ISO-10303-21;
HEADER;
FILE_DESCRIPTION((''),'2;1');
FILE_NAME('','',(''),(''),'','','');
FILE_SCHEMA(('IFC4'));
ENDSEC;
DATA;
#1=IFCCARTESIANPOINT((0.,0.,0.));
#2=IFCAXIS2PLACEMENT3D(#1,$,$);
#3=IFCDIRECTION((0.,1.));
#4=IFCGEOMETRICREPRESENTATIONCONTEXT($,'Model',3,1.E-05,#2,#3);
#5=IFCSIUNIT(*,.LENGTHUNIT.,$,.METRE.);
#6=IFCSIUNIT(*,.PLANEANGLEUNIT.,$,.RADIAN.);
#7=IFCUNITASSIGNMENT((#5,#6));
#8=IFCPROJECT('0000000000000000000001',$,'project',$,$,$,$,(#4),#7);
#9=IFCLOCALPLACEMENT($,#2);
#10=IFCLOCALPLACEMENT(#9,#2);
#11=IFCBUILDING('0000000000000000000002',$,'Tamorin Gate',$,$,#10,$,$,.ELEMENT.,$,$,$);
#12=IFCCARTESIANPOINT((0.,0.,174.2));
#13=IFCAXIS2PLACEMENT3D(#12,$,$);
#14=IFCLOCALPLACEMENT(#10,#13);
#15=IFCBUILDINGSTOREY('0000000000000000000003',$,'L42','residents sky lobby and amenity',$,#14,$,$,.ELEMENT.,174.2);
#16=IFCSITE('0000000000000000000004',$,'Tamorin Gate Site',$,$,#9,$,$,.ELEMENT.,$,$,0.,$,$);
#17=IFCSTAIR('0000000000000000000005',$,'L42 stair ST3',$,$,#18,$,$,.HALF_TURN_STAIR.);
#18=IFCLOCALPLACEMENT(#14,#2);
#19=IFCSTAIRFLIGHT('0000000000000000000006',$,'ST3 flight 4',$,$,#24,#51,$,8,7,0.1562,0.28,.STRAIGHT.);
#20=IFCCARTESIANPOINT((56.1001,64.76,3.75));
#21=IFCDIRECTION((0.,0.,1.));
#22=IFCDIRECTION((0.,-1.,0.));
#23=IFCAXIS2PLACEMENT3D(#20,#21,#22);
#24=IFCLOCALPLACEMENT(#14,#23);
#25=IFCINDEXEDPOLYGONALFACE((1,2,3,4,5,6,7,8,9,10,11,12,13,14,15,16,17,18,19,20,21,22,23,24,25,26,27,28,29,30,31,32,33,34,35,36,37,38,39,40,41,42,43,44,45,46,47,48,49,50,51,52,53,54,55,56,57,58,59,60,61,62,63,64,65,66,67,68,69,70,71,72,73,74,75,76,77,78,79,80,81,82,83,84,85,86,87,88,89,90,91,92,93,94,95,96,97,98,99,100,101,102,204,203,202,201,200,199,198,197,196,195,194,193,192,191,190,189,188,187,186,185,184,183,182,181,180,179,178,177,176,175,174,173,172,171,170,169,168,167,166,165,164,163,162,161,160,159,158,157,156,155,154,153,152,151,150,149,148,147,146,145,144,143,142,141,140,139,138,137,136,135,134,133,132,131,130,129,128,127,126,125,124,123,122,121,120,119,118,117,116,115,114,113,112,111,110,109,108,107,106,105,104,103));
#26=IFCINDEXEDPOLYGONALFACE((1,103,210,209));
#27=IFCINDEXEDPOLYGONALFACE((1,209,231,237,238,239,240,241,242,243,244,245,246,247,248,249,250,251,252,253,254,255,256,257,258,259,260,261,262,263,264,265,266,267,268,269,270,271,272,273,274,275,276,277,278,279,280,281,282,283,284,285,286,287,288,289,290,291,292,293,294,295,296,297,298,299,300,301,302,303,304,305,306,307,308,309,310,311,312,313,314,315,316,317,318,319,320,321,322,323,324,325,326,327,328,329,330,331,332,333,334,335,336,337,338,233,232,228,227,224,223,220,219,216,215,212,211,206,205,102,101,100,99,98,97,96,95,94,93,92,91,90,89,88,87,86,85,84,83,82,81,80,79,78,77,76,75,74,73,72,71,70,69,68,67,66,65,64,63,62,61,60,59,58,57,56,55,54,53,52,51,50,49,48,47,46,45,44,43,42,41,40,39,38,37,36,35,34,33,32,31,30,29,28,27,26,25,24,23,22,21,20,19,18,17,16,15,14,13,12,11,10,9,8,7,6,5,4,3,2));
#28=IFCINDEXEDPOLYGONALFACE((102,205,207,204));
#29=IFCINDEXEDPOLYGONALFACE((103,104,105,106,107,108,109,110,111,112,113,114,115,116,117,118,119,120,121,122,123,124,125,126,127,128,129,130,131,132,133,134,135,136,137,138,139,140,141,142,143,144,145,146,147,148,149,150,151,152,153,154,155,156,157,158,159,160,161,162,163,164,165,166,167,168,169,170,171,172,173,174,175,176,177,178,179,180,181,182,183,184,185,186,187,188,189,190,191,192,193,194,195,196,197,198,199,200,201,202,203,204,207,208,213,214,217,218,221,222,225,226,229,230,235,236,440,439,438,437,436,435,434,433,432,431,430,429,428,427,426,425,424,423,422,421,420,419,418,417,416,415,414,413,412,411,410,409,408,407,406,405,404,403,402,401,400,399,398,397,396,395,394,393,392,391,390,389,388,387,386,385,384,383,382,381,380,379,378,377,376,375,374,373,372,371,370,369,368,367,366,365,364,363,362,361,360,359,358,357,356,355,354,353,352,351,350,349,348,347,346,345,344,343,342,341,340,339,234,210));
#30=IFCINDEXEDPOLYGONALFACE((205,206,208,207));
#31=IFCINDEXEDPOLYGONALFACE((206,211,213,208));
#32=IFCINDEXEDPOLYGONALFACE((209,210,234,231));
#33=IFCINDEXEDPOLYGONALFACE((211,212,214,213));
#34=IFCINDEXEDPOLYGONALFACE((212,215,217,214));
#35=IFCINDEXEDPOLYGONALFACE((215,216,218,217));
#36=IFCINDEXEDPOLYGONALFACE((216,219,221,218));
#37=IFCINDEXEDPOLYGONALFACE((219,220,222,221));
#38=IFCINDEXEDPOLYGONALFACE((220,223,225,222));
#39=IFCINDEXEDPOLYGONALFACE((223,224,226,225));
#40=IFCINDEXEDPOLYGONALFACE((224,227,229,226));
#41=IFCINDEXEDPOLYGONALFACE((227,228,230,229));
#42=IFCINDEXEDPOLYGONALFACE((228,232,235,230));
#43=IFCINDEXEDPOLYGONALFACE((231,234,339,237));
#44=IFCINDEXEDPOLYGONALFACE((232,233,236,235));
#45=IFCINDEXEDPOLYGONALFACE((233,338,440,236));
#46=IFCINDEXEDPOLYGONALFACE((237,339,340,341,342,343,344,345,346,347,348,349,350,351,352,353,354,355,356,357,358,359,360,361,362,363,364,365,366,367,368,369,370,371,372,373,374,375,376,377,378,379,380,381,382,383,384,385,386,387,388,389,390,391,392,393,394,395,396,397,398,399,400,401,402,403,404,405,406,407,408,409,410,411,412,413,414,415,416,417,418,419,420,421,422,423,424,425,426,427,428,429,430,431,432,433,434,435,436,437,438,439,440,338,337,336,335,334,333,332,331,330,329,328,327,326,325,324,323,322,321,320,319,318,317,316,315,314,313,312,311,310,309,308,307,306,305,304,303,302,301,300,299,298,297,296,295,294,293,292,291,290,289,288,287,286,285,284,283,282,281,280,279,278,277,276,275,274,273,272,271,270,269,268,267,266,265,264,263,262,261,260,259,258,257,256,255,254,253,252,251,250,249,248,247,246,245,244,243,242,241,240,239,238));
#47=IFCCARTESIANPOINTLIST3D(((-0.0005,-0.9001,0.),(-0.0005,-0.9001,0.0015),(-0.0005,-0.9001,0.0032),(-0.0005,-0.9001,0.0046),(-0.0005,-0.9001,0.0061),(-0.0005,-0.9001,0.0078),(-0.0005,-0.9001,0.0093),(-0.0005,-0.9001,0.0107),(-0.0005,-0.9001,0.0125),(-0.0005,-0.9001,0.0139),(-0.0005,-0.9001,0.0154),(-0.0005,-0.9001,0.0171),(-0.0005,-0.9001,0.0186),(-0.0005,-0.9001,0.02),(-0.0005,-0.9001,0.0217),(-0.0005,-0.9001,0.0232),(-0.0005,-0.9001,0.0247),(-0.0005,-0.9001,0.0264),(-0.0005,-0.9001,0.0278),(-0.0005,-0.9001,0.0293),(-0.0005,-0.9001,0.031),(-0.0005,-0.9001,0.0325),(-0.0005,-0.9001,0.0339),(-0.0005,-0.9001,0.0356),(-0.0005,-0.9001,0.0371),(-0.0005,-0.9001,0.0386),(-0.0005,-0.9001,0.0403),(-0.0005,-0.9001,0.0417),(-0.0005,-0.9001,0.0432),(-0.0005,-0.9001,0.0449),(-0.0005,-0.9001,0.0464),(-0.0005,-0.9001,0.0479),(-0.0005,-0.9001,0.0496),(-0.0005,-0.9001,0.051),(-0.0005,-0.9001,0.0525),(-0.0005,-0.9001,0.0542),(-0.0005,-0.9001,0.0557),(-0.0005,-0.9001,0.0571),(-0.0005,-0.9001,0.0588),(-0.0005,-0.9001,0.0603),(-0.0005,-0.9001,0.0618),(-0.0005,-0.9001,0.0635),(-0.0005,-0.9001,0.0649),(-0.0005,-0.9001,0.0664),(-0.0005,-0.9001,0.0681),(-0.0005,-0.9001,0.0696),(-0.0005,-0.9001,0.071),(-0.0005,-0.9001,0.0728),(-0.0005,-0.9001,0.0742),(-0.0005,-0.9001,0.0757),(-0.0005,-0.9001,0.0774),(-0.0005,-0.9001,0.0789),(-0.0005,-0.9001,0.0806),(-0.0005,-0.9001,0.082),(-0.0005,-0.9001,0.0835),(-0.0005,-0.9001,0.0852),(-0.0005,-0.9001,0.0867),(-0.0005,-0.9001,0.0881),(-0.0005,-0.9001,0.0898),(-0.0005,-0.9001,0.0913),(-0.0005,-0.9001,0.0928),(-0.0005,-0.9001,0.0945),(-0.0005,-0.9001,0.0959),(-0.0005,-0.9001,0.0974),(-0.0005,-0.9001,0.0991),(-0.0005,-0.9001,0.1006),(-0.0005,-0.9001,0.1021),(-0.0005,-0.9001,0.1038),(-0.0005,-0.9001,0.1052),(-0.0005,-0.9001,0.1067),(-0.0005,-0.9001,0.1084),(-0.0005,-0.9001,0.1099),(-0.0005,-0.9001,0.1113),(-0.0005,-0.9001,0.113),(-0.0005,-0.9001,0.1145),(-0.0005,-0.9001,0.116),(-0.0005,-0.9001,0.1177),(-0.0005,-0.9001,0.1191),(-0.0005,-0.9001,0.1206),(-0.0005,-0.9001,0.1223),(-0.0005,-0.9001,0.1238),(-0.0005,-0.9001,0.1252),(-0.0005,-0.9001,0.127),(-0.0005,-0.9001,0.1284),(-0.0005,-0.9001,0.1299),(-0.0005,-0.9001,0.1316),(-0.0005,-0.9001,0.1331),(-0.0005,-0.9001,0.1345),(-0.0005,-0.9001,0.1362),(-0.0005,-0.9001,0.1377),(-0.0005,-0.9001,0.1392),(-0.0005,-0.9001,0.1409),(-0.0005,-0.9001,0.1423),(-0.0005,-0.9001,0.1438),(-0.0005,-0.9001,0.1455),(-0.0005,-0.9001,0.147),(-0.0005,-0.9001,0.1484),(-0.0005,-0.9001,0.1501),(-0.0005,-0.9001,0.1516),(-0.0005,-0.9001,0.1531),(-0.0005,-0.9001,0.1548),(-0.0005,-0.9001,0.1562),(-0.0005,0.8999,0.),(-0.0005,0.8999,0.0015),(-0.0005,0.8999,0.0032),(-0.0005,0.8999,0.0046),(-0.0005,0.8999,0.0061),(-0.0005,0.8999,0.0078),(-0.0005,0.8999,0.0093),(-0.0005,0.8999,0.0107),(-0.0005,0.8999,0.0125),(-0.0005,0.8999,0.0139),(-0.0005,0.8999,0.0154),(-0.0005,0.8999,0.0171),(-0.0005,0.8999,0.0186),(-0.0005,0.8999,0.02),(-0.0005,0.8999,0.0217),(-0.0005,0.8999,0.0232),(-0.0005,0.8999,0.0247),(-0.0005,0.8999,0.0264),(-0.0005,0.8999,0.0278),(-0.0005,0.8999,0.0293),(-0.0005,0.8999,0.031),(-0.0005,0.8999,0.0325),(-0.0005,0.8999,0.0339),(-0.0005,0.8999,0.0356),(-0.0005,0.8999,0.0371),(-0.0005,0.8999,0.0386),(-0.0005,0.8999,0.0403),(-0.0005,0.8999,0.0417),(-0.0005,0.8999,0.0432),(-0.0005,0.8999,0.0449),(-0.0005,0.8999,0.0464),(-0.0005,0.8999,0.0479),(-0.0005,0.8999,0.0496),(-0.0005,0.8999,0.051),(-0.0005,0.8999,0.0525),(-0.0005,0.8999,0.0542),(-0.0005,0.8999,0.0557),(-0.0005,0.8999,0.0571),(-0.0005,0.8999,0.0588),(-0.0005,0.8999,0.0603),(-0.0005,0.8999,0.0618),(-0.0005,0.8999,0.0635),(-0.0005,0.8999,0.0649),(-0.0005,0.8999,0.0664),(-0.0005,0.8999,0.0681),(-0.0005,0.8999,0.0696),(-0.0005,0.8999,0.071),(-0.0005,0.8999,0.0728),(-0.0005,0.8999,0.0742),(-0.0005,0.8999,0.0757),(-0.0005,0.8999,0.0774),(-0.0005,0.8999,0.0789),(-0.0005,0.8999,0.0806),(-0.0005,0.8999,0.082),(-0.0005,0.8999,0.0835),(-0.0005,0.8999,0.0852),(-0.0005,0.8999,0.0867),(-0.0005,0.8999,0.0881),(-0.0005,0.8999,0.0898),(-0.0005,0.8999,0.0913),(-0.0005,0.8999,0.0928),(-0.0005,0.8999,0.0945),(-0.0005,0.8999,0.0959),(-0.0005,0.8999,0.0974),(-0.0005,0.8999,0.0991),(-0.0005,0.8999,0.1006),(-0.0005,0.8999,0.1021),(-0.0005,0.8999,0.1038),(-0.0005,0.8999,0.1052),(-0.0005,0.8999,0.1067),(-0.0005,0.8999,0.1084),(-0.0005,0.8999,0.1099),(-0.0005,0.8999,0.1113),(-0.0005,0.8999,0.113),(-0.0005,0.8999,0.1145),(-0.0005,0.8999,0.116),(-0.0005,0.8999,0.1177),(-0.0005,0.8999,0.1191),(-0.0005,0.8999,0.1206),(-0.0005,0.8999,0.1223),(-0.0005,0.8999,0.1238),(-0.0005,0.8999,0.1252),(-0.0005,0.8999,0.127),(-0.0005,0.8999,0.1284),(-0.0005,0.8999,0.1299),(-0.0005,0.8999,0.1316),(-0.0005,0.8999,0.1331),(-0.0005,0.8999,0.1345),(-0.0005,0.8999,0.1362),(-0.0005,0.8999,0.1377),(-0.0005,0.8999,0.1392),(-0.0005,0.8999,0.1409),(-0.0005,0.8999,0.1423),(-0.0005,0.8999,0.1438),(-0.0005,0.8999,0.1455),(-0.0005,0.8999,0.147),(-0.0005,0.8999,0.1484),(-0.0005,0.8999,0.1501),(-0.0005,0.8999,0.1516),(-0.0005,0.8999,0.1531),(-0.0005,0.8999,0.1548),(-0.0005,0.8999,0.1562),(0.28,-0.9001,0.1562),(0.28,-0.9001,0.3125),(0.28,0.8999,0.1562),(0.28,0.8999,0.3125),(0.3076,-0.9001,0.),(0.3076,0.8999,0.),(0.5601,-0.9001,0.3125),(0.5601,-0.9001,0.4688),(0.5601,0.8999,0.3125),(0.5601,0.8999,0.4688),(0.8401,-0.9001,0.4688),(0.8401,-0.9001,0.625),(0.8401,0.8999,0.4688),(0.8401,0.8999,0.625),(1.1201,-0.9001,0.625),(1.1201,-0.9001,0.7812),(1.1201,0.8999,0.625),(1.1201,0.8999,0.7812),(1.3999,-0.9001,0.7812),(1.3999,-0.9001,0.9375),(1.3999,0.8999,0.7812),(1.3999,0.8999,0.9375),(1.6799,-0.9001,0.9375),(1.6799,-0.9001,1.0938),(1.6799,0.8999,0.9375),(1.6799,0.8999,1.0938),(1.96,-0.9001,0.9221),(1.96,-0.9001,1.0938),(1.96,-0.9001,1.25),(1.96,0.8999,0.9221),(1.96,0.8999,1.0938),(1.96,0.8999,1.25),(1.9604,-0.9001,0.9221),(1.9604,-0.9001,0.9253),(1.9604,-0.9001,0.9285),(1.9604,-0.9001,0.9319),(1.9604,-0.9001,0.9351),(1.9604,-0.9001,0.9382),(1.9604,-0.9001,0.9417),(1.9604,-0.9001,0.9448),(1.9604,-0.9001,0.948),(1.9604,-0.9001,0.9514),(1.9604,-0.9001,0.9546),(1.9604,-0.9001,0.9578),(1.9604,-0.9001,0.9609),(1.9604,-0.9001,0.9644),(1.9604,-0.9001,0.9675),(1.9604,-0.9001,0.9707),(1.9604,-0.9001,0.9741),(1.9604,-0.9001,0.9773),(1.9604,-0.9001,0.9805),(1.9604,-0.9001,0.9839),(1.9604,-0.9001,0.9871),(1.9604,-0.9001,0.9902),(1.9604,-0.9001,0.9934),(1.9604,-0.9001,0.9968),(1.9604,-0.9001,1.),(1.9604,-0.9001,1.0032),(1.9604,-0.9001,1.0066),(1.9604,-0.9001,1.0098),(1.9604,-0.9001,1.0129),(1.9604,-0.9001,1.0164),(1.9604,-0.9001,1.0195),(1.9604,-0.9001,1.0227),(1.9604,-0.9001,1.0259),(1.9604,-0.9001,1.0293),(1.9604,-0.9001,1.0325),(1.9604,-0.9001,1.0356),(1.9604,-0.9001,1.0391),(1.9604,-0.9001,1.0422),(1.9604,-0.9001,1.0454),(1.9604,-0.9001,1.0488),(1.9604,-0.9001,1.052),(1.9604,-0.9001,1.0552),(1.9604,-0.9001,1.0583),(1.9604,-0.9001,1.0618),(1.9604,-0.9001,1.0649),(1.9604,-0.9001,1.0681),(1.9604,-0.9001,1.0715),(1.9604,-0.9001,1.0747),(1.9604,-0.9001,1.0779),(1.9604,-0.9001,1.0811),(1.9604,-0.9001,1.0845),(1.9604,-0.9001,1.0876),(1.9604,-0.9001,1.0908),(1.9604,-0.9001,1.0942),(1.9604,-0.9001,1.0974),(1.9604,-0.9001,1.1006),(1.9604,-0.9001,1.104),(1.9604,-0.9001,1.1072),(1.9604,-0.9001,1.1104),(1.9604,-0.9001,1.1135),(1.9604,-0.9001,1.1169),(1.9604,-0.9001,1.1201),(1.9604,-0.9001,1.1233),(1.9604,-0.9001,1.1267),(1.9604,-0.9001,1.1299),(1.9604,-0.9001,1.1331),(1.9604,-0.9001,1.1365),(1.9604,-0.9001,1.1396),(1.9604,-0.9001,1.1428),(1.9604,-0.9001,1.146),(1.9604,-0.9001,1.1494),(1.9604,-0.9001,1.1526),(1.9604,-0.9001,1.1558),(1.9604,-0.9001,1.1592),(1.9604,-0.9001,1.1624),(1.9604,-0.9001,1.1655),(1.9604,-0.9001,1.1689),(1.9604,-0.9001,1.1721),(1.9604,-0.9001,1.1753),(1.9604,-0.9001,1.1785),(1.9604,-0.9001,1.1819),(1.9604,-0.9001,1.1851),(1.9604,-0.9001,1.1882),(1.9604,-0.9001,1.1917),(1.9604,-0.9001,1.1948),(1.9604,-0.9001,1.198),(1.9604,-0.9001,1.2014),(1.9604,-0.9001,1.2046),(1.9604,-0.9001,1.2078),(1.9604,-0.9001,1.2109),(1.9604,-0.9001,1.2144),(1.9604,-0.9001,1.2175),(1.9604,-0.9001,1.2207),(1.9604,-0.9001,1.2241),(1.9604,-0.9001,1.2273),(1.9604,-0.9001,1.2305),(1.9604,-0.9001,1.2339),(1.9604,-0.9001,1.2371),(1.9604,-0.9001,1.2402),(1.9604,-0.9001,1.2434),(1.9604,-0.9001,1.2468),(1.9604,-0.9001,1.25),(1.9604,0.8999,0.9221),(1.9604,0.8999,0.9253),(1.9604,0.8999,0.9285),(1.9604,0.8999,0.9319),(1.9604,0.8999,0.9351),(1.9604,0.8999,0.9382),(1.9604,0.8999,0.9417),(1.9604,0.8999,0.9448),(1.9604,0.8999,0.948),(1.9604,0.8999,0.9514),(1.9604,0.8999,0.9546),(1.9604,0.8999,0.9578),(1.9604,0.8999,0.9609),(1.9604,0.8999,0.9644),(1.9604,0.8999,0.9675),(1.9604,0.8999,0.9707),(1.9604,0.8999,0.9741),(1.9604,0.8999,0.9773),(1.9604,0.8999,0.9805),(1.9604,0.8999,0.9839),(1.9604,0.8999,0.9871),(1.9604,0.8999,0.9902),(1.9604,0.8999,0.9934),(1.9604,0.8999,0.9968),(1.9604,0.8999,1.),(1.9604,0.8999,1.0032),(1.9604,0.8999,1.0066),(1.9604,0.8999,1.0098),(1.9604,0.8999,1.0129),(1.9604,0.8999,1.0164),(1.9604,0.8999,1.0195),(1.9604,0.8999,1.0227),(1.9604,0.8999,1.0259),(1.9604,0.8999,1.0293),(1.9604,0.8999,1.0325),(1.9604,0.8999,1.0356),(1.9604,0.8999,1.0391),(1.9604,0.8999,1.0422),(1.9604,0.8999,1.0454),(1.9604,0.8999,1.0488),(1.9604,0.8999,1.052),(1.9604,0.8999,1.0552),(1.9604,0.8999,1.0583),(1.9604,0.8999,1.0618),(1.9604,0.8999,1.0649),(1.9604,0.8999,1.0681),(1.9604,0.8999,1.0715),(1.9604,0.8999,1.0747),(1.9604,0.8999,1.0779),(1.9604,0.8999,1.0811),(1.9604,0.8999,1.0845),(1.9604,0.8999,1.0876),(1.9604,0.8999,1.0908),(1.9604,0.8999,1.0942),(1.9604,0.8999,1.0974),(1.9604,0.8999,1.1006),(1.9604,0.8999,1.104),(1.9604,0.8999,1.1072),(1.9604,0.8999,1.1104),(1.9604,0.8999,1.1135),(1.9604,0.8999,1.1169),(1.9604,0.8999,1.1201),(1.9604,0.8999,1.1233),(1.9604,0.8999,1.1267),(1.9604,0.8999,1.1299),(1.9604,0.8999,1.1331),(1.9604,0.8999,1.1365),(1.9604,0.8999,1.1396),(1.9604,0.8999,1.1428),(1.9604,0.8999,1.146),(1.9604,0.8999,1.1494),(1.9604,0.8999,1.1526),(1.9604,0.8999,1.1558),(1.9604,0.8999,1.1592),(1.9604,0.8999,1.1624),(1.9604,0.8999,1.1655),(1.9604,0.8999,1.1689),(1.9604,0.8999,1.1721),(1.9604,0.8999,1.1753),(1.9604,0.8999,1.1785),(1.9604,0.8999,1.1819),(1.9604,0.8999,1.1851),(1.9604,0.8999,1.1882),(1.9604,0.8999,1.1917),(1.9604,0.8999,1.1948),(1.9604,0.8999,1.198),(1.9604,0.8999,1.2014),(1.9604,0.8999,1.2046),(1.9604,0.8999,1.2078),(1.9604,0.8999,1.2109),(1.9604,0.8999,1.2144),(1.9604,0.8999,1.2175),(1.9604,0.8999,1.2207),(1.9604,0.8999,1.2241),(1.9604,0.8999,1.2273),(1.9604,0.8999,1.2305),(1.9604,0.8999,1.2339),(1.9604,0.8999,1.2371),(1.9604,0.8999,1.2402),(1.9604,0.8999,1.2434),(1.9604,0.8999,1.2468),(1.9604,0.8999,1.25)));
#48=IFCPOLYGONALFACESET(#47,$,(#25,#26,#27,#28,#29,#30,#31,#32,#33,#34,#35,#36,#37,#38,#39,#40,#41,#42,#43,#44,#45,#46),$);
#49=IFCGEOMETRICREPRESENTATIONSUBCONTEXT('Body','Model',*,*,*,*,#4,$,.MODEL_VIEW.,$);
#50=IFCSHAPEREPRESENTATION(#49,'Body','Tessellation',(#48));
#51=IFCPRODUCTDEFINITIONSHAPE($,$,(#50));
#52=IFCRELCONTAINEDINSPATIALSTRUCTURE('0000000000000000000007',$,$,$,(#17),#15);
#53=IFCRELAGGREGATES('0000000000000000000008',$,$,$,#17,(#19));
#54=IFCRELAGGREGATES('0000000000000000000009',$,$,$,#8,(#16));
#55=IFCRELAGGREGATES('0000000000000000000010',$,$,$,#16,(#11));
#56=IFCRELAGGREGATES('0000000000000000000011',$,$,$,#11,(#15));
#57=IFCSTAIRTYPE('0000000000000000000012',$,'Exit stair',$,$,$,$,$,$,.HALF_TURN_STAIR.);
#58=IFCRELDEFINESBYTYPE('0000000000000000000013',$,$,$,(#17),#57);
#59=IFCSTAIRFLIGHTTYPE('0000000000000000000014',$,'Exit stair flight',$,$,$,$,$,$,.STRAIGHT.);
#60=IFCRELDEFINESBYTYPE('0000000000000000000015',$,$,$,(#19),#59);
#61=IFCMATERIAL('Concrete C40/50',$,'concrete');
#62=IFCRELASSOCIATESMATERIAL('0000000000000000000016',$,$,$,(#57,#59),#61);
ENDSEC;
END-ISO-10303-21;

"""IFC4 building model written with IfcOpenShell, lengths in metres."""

from ifc_helpers import new_model, si_unit, direction, frame, origin, place, context, subcontext, project, spatial, polyline, outline, extrude, material, type_object, element, aggregate, save


model = new_model("IFC4")

# Units and contexts
model_context = context("Model", 3, precision=1e-05, world=origin(), true_north=direction((0.0, 1.0)))
body_context = subcontext(model_context, "Body", "Model", "MODEL_VIEW")
ifc_project = project(units=[si_unit("LENGTHUNIT", "METRE"), si_unit("PLANEANGLEUNIT", "RADIAN")], contexts=[model_context])

# Site, building, storey
site_placement = place(None, origin())
site = spatial("IfcSite", under=ifc_project, at=site_placement, Name="Tamorin Gate Site", CompositionType="ELEMENT", RefElevation=0.0)
building_placement = place(site_placement, origin())
building = spatial("IfcBuilding", under=site, at=building_placement, Name="Tamorin Gate", CompositionType="ELEMENT")
storey_placement = place(building_placement, frame((0.0, 0.0, 174.2)))
storey = spatial("IfcBuildingStorey", under=building, at=storey_placement, Name="L42", Description="residents sky lobby and amenity", CompositionType="ELEMENT", Elevation=174.2)

# Stair, stair flight
ifc_material_1 = material(Name="Concrete C40/50", Category="concrete")
stair_type = type_object("IfcStairType", Name="Exit stair", PredefinedType="HALF_TURN_STAIR", material=ifc_material_1)
stair_placement = place(storey_placement, origin())
stair = element("IfcStair", 1, at=stair_placement, inside=storey, type_object=stair_type, Name="L42 stair ST3", PredefinedType="HALF_TURN_STAIR")
stair_flight_type = type_object("IfcStairFlightType", Name="Exit stair flight", PredefinedType="STRAIGHT", material=ifc_material_1)
stair_flight_1_placement = place(storey_placement, frame((56.1001, 64.76, 3.75), z_axis=(0.0, 0.0, 1.0), x_axis=(0.0, -1.0, 0.0)))
stair_flight_1 = element("IfcStairFlight", 2, at=stair_flight_1_placement, type_object=stair_flight_type, Name="ST3 flight 4", NumberOfRisers=8, NumberOfTreads=7, PredefinedType="STRAIGHT", RiserHeight=0.1562, TreadLength=0.28, context=body_context, shape_type="SweptSolid", body=[
    extrude(outline(polyline([(-0.0005, 0.0), (-0.0005, 0.0015), (-0.0005, 0.0032), (-0.0005, 0.0046), (-0.0005, 0.0061), (-0.0005, 0.0078), (-0.0005, 0.0093), (-0.0005, 0.0107), (-0.0005, 0.0125), (-0.0005, 0.0139), (-0.0005, 0.0154), (-0.0005, 0.0171), (-0.0005, 0.0186), (-0.0005, 0.02), (-0.0005, 0.0217), (-0.0005, 0.0232), (-0.0005, 0.0247), (-0.0005, 0.0264), (-0.0005, 0.0278), (-0.0005, 0.0293), (-0.0005, 0.031), (-0.0005, 0.0325), (-0.0005, 0.0339), (-0.0005, 0.0356), (-0.0005, 0.0371), (-0.0005, 0.0386), (-0.0005, 0.0403), (-0.0005, 0.0417), (-0.0005, 0.0432), (-0.0005, 0.0449), (-0.0005, 0.0464), (-0.0005, 0.0479), (-0.0005, 0.0496), (-0.0005, 0.051), (-0.0005, 0.0525), (-0.0005, 0.0542), (-0.0005, 0.0557), (-0.0005, 0.0571), (-0.0005, 0.0588), (-0.0005, 0.0603), (-0.0005, 0.0618), (-0.0005, 0.0635), (-0.0005, 0.0649), (-0.0005, 0.0664), (-0.0005, 0.0681), (-0.0005, 0.0696), (-0.0005, 0.071), (-0.0005, 0.0728), (-0.0005, 0.0742), (-0.0005, 0.0757), (-0.0005, 0.0774), (-0.0005, 0.0789), (-0.0005, 0.0806), (-0.0005, 0.082), (-0.0005, 0.0835), (-0.0005, 0.0852), (-0.0005, 0.0867), (-0.0005, 0.0881), (-0.0005, 0.0898), (-0.0005, 0.0913), (-0.0005, 0.0928), (-0.0005, 0.0945), (-0.0005, 0.0959), (-0.0005, 0.0974), (-0.0005, 0.0991), (-0.0005, 0.1006), (-0.0005, 0.1021), (-0.0005, 0.1038), (-0.0005, 0.1052), (-0.0005, 0.1067), (-0.0005, 0.1084), (-0.0005, 0.1099), (-0.0005, 0.1113), (-0.0005, 0.113), (-0.0005, 0.1145), (-0.0005, 0.116), (-0.0005, 0.1177), (-0.0005, 0.1191), (-0.0005, 0.1206), (-0.0005, 0.1223), (-0.0005, 0.1238), (-0.0005, 0.1252), (-0.0005, 0.127), (-0.0005, 0.1284), (-0.0005, 0.1299), (-0.0005, 0.1316), (-0.0005, 0.1331), (-0.0005, 0.1345), (-0.0005, 0.1362), (-0.0005, 0.1377), (-0.0005, 0.1392), (-0.0005, 0.1409), (-0.0005, 0.1423), (-0.0005, 0.1438), (-0.0005, 0.1455), (-0.0005, 0.147), (-0.0005, 0.1484), (-0.0005, 0.1501), (-0.0005, 0.1516), (-0.0005, 0.1531), (-0.0005, 0.1548), (-0.0005, 0.1562), (0.28, 0.1562), (0.28, 0.3125), (0.5601, 0.3125), (0.5601, 0.4688), (0.8401, 0.4688), (0.8401, 0.625), (1.1201, 0.625), (1.1201, 0.7812), (1.3999, 0.7812), (1.3999, 0.9375), (1.6799, 0.9375), (1.6799, 1.0938), (1.96, 1.0938), (1.96, 1.25), (1.9604, 1.25), (1.9604, 1.2468), (1.9604, 1.2434), (1.9604, 1.2402), (1.9604, 1.2371), (1.9604, 1.2339), (1.9604, 1.2305), (1.9604, 1.2273), (1.9604, 1.2241), (1.9604, 1.2207), (1.9604, 1.2175), (1.9604, 1.2144), (1.9604, 1.2109), (1.9604, 1.2078), (1.9604, 1.2046), (1.9604, 1.2014), (1.9604, 1.198), (1.9604, 1.1948), (1.9604, 1.1917), (1.9604, 1.1882), (1.9604, 1.1851), (1.9604, 1.1819), (1.9604, 1.1785), (1.9604, 1.1753), (1.9604, 1.1721), (1.9604, 1.1689), (1.9604, 1.1655), (1.9604, 1.1624), (1.9604, 1.1592), (1.9604, 1.1558), (1.9604, 1.1526), (1.9604, 1.1494), (1.9604, 1.146), (1.9604, 1.1428), (1.9604, 1.1396), (1.9604, 1.1365), (1.9604, 1.1331), (1.9604, 1.1299), (1.9604, 1.1267), (1.9604, 1.1233), (1.9604, 1.1201), (1.9604, 1.1169), (1.9604, 1.1135), (1.9604, 1.1104), (1.9604, 1.1072), (1.9604, 1.104), (1.9604, 1.1006), (1.9604, 1.0974), (1.9604, 1.0942), (1.9604, 1.0908), (1.9604, 1.0876), (1.9604, 1.0845), (1.9604, 1.0811), (1.9604, 1.0779), (1.9604, 1.0747), (1.9604, 1.0715), (1.9604, 1.0681), (1.9604, 1.0649), (1.9604, 1.0618), (1.9604, 1.0583), (1.9604, 1.0552), (1.9604, 1.052), (1.9604, 1.0488), (1.9604, 1.0454), (1.9604, 1.0422), (1.9604, 1.0391), (1.9604, 1.0356), (1.9604, 1.0325), (1.9604, 1.0293), (1.9604, 1.0259), (1.9604, 1.0227), (1.9604, 1.0195), (1.9604, 1.0164), (1.9604, 1.0129), (1.9604, 1.0098), (1.9604, 1.0066), (1.9604, 1.0032), (1.9604, 1.0), (1.9604, 0.9968), (1.9604, 0.9934), (1.9604, 0.9902), (1.9604, 0.9871), (1.9604, 0.9839), (1.9604, 0.9805), (1.9604, 0.9773), (1.9604, 0.9741), (1.9604, 0.9707), (1.9604, 0.9675), (1.9604, 0.9644), (1.9604, 0.9609), (1.9604, 0.9578), (1.9604, 0.9546), (1.9604, 0.9514), (1.9604, 0.948), (1.9604, 0.9448), (1.9604, 0.9417), (1.9604, 0.9382), (1.9604, 0.9351), (1.9604, 0.9319), (1.9604, 0.9285), (1.9604, 0.9253), (1.9604, 0.9221), (1.96, 0.9221), (0.3076, 0.0), (-0.0005, 0.0)])), frame((0.0, 0.8999, 0.0), z_axis=(0.0, -1.0, 0.0), x_axis=(1.0, 0.0, 0.0)), (0.0, 0.0, 1.0), 1.8),
])
aggregate(stair, [stair_flight_1])

save(model, "model.ifc")
